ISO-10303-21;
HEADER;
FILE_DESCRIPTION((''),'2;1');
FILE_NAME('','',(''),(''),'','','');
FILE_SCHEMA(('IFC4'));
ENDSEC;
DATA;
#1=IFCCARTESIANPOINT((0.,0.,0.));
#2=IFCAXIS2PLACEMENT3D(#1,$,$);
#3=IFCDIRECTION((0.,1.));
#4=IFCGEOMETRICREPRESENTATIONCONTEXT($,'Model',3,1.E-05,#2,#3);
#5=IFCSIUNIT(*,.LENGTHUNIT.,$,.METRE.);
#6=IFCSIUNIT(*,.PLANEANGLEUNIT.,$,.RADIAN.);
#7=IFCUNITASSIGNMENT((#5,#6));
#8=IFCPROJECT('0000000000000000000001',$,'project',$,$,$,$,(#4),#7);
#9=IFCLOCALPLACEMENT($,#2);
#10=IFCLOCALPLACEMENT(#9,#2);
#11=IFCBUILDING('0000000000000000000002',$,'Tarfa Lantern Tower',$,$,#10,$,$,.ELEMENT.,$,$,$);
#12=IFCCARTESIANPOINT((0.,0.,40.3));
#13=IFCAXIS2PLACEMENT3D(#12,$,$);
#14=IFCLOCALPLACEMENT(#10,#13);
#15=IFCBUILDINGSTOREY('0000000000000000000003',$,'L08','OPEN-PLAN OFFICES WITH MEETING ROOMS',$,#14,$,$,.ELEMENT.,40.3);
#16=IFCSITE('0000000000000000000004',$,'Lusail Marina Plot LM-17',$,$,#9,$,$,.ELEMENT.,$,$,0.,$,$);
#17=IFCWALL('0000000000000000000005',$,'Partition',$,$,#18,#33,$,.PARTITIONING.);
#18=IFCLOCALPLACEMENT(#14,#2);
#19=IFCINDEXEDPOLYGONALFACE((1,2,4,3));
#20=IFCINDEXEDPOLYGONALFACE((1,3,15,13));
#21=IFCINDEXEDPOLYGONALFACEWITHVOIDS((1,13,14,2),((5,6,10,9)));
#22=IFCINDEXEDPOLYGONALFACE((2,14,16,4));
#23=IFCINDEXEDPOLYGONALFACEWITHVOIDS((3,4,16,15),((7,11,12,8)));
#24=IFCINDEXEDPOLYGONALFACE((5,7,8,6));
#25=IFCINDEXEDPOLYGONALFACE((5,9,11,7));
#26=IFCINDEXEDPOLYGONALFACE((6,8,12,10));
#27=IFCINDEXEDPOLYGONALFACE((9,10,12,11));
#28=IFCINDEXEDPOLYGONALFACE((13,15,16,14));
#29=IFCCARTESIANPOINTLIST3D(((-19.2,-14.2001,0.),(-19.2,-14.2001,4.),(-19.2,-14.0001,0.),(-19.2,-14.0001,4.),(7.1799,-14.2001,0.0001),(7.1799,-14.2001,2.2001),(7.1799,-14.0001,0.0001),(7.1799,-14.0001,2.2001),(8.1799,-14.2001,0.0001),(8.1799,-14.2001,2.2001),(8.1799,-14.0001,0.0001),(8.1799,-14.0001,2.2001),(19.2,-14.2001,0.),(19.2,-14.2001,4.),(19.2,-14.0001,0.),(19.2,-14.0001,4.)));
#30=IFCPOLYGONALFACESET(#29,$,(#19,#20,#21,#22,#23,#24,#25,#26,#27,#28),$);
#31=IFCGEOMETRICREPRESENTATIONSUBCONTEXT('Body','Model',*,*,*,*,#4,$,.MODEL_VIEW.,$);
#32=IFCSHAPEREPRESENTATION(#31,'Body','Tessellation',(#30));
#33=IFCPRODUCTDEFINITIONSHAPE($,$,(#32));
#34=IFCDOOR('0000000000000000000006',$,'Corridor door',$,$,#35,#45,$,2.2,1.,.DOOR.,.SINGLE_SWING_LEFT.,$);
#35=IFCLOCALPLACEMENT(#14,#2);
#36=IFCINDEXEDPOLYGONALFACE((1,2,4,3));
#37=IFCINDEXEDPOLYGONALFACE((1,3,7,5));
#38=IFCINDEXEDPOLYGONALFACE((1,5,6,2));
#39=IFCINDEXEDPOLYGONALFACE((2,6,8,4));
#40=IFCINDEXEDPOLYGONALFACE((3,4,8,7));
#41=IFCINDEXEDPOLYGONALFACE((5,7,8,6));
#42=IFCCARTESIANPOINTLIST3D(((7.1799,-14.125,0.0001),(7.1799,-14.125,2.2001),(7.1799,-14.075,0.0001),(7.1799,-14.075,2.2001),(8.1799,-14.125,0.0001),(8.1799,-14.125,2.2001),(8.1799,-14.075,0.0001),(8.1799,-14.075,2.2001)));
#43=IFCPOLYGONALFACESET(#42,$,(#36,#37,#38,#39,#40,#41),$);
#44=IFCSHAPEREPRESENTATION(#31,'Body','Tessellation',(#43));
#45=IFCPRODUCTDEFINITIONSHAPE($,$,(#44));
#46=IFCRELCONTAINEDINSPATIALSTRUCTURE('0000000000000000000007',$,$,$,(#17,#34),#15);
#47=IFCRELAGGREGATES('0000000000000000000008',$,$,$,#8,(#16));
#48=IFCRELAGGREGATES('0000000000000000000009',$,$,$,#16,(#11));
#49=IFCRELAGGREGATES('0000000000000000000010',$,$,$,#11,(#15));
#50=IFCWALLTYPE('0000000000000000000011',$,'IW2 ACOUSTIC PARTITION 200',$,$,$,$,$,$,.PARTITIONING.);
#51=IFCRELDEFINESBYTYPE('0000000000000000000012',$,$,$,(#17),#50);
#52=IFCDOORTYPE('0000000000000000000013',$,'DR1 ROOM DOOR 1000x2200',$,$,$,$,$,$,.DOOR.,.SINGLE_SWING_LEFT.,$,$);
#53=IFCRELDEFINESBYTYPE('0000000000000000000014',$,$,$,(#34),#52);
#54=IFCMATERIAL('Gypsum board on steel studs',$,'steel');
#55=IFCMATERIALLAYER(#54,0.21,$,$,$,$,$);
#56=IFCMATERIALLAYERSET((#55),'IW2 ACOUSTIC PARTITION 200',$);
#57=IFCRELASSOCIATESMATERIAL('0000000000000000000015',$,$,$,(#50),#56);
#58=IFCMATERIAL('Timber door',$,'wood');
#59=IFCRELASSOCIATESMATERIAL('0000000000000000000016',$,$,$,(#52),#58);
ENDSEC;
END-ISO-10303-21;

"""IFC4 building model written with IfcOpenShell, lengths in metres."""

from ifc_helpers import new_model, si_unit, direction, frame, frame_2d, origin, place, context, subcontext, project, spatial, rectangle, extrude, material, layer, layer_set, type_object, element, fill, save


model = new_model("IFC4")

# Units and contexts
model_context = context("Model", 3, precision=1e-05, world=origin(), true_north=direction((0.0, 1.0)))
body_context = subcontext(model_context, "Body", "Model", "MODEL_VIEW")
ifc_project = project(units=[si_unit("LENGTHUNIT", "METRE"), si_unit("PLANEANGLEUNIT", "RADIAN")], contexts=[model_context])

# Site, building, storey
site_placement = place(None, origin())
site = spatial("IfcSite", under=ifc_project, at=site_placement, Name="Lusail Marina Plot LM-17", CompositionType="ELEMENT", RefElevation=0.0)
building_placement = place(site_placement, origin())
building = spatial("IfcBuilding", under=site, at=building_placement, Name="Tarfa Lantern Tower", CompositionType="ELEMENT")
storey_placement = place(building_placement, frame((0.0, 0.0, 40.3)))
storey = spatial("IfcBuildingStorey", under=building, at=storey_placement, Name="L08", Description="OPEN-PLAN OFFICES WITH MEETING ROOMS", CompositionType="ELEMENT", Elevation=40.3)

# Shared definitions
ifc_material_1 = material(Name="Gypsum board on steel studs", Category="steel")
ifc_layer_1 = layer(ifc_material_1, 0.21)
ifc_layer_set_1 = layer_set([ifc_layer_1], Name="IW2 ACOUSTIC PARTITION 200")
wall_type_1 = type_object("IfcWallType", Name="IW2 ACOUSTIC PARTITION 200", PredefinedType="PARTITIONING", material=ifc_layer_set_1)

# Wall, opening, door
wall_1_placement = place(storey_placement, frame((19.2, -14.1001, 0.0), z_axis=(0.0, 0.0, 1.0), x_axis=(-1.0, 0.0, 0.0)))
wall_1 = element("IfcWall", 1, at=wall_1_placement, inside=storey, type_object=wall_type_1, Name="Partition", PredefinedType="PARTITIONING", context=body_context, shape_type="SweptSolid", body=[
    extrude(rectangle(XDim=38.3999, YDim=0.2, at=frame_2d((19.2, 0.0))), origin(), (0.0, 0.0, 1.0), 4.0),
])
opening_1_placement = place(wall_1_placement, frame((11.02, 0.0, 0.0)))
opening_1 = element("IfcOpeningElement", 2, at=opening_1_placement, cuts=wall_1, PredefinedType="OPENING", context=body_context, shape_type="SweptSolid", body=[
    extrude(rectangle(XDim=1.0, YDim=2.2, at=frame_2d((0.5, 1.1001))), frame((0.0, 0.1099, 0.0), z_axis=(0.0, -1.0, 0.0), x_axis=(1.0, 0.0, 0.0)), (0.0, 0.0, 1.0), 0.22),
])
ifc_material_2 = material(Name="Timber door", Category="wood")
door_type_1 = type_object("IfcDoorType", Name="DR1 ROOM DOOR 1000x2200", OperationType="SINGLE_SWING_LEFT", PredefinedType="DOOR", material=ifc_material_2)
door_1_placement = place(opening_1_placement, origin())
door_1 = element("IfcDoor", 3, at=door_1_placement, inside=storey, type_object=door_type_1, Name="Corridor door", OperationType="SINGLE_SWING_LEFT", OverallHeight=2.2, OverallWidth=1.0, PredefinedType="DOOR", context=body_context, shape_type="SweptSolid", body=[
    extrude(rectangle(XDim=1.0, YDim=2.2, at=frame_2d((0.5, 1.1001))), frame((0.0, 0.0249, 0.0), z_axis=(0.0, -1.0, 0.0), x_axis=(1.0, 0.0, 0.0)), (0.0, 0.0, 1.0), 0.05),
])
fill(opening_1, door_1)

save(model, "model.ifc")
